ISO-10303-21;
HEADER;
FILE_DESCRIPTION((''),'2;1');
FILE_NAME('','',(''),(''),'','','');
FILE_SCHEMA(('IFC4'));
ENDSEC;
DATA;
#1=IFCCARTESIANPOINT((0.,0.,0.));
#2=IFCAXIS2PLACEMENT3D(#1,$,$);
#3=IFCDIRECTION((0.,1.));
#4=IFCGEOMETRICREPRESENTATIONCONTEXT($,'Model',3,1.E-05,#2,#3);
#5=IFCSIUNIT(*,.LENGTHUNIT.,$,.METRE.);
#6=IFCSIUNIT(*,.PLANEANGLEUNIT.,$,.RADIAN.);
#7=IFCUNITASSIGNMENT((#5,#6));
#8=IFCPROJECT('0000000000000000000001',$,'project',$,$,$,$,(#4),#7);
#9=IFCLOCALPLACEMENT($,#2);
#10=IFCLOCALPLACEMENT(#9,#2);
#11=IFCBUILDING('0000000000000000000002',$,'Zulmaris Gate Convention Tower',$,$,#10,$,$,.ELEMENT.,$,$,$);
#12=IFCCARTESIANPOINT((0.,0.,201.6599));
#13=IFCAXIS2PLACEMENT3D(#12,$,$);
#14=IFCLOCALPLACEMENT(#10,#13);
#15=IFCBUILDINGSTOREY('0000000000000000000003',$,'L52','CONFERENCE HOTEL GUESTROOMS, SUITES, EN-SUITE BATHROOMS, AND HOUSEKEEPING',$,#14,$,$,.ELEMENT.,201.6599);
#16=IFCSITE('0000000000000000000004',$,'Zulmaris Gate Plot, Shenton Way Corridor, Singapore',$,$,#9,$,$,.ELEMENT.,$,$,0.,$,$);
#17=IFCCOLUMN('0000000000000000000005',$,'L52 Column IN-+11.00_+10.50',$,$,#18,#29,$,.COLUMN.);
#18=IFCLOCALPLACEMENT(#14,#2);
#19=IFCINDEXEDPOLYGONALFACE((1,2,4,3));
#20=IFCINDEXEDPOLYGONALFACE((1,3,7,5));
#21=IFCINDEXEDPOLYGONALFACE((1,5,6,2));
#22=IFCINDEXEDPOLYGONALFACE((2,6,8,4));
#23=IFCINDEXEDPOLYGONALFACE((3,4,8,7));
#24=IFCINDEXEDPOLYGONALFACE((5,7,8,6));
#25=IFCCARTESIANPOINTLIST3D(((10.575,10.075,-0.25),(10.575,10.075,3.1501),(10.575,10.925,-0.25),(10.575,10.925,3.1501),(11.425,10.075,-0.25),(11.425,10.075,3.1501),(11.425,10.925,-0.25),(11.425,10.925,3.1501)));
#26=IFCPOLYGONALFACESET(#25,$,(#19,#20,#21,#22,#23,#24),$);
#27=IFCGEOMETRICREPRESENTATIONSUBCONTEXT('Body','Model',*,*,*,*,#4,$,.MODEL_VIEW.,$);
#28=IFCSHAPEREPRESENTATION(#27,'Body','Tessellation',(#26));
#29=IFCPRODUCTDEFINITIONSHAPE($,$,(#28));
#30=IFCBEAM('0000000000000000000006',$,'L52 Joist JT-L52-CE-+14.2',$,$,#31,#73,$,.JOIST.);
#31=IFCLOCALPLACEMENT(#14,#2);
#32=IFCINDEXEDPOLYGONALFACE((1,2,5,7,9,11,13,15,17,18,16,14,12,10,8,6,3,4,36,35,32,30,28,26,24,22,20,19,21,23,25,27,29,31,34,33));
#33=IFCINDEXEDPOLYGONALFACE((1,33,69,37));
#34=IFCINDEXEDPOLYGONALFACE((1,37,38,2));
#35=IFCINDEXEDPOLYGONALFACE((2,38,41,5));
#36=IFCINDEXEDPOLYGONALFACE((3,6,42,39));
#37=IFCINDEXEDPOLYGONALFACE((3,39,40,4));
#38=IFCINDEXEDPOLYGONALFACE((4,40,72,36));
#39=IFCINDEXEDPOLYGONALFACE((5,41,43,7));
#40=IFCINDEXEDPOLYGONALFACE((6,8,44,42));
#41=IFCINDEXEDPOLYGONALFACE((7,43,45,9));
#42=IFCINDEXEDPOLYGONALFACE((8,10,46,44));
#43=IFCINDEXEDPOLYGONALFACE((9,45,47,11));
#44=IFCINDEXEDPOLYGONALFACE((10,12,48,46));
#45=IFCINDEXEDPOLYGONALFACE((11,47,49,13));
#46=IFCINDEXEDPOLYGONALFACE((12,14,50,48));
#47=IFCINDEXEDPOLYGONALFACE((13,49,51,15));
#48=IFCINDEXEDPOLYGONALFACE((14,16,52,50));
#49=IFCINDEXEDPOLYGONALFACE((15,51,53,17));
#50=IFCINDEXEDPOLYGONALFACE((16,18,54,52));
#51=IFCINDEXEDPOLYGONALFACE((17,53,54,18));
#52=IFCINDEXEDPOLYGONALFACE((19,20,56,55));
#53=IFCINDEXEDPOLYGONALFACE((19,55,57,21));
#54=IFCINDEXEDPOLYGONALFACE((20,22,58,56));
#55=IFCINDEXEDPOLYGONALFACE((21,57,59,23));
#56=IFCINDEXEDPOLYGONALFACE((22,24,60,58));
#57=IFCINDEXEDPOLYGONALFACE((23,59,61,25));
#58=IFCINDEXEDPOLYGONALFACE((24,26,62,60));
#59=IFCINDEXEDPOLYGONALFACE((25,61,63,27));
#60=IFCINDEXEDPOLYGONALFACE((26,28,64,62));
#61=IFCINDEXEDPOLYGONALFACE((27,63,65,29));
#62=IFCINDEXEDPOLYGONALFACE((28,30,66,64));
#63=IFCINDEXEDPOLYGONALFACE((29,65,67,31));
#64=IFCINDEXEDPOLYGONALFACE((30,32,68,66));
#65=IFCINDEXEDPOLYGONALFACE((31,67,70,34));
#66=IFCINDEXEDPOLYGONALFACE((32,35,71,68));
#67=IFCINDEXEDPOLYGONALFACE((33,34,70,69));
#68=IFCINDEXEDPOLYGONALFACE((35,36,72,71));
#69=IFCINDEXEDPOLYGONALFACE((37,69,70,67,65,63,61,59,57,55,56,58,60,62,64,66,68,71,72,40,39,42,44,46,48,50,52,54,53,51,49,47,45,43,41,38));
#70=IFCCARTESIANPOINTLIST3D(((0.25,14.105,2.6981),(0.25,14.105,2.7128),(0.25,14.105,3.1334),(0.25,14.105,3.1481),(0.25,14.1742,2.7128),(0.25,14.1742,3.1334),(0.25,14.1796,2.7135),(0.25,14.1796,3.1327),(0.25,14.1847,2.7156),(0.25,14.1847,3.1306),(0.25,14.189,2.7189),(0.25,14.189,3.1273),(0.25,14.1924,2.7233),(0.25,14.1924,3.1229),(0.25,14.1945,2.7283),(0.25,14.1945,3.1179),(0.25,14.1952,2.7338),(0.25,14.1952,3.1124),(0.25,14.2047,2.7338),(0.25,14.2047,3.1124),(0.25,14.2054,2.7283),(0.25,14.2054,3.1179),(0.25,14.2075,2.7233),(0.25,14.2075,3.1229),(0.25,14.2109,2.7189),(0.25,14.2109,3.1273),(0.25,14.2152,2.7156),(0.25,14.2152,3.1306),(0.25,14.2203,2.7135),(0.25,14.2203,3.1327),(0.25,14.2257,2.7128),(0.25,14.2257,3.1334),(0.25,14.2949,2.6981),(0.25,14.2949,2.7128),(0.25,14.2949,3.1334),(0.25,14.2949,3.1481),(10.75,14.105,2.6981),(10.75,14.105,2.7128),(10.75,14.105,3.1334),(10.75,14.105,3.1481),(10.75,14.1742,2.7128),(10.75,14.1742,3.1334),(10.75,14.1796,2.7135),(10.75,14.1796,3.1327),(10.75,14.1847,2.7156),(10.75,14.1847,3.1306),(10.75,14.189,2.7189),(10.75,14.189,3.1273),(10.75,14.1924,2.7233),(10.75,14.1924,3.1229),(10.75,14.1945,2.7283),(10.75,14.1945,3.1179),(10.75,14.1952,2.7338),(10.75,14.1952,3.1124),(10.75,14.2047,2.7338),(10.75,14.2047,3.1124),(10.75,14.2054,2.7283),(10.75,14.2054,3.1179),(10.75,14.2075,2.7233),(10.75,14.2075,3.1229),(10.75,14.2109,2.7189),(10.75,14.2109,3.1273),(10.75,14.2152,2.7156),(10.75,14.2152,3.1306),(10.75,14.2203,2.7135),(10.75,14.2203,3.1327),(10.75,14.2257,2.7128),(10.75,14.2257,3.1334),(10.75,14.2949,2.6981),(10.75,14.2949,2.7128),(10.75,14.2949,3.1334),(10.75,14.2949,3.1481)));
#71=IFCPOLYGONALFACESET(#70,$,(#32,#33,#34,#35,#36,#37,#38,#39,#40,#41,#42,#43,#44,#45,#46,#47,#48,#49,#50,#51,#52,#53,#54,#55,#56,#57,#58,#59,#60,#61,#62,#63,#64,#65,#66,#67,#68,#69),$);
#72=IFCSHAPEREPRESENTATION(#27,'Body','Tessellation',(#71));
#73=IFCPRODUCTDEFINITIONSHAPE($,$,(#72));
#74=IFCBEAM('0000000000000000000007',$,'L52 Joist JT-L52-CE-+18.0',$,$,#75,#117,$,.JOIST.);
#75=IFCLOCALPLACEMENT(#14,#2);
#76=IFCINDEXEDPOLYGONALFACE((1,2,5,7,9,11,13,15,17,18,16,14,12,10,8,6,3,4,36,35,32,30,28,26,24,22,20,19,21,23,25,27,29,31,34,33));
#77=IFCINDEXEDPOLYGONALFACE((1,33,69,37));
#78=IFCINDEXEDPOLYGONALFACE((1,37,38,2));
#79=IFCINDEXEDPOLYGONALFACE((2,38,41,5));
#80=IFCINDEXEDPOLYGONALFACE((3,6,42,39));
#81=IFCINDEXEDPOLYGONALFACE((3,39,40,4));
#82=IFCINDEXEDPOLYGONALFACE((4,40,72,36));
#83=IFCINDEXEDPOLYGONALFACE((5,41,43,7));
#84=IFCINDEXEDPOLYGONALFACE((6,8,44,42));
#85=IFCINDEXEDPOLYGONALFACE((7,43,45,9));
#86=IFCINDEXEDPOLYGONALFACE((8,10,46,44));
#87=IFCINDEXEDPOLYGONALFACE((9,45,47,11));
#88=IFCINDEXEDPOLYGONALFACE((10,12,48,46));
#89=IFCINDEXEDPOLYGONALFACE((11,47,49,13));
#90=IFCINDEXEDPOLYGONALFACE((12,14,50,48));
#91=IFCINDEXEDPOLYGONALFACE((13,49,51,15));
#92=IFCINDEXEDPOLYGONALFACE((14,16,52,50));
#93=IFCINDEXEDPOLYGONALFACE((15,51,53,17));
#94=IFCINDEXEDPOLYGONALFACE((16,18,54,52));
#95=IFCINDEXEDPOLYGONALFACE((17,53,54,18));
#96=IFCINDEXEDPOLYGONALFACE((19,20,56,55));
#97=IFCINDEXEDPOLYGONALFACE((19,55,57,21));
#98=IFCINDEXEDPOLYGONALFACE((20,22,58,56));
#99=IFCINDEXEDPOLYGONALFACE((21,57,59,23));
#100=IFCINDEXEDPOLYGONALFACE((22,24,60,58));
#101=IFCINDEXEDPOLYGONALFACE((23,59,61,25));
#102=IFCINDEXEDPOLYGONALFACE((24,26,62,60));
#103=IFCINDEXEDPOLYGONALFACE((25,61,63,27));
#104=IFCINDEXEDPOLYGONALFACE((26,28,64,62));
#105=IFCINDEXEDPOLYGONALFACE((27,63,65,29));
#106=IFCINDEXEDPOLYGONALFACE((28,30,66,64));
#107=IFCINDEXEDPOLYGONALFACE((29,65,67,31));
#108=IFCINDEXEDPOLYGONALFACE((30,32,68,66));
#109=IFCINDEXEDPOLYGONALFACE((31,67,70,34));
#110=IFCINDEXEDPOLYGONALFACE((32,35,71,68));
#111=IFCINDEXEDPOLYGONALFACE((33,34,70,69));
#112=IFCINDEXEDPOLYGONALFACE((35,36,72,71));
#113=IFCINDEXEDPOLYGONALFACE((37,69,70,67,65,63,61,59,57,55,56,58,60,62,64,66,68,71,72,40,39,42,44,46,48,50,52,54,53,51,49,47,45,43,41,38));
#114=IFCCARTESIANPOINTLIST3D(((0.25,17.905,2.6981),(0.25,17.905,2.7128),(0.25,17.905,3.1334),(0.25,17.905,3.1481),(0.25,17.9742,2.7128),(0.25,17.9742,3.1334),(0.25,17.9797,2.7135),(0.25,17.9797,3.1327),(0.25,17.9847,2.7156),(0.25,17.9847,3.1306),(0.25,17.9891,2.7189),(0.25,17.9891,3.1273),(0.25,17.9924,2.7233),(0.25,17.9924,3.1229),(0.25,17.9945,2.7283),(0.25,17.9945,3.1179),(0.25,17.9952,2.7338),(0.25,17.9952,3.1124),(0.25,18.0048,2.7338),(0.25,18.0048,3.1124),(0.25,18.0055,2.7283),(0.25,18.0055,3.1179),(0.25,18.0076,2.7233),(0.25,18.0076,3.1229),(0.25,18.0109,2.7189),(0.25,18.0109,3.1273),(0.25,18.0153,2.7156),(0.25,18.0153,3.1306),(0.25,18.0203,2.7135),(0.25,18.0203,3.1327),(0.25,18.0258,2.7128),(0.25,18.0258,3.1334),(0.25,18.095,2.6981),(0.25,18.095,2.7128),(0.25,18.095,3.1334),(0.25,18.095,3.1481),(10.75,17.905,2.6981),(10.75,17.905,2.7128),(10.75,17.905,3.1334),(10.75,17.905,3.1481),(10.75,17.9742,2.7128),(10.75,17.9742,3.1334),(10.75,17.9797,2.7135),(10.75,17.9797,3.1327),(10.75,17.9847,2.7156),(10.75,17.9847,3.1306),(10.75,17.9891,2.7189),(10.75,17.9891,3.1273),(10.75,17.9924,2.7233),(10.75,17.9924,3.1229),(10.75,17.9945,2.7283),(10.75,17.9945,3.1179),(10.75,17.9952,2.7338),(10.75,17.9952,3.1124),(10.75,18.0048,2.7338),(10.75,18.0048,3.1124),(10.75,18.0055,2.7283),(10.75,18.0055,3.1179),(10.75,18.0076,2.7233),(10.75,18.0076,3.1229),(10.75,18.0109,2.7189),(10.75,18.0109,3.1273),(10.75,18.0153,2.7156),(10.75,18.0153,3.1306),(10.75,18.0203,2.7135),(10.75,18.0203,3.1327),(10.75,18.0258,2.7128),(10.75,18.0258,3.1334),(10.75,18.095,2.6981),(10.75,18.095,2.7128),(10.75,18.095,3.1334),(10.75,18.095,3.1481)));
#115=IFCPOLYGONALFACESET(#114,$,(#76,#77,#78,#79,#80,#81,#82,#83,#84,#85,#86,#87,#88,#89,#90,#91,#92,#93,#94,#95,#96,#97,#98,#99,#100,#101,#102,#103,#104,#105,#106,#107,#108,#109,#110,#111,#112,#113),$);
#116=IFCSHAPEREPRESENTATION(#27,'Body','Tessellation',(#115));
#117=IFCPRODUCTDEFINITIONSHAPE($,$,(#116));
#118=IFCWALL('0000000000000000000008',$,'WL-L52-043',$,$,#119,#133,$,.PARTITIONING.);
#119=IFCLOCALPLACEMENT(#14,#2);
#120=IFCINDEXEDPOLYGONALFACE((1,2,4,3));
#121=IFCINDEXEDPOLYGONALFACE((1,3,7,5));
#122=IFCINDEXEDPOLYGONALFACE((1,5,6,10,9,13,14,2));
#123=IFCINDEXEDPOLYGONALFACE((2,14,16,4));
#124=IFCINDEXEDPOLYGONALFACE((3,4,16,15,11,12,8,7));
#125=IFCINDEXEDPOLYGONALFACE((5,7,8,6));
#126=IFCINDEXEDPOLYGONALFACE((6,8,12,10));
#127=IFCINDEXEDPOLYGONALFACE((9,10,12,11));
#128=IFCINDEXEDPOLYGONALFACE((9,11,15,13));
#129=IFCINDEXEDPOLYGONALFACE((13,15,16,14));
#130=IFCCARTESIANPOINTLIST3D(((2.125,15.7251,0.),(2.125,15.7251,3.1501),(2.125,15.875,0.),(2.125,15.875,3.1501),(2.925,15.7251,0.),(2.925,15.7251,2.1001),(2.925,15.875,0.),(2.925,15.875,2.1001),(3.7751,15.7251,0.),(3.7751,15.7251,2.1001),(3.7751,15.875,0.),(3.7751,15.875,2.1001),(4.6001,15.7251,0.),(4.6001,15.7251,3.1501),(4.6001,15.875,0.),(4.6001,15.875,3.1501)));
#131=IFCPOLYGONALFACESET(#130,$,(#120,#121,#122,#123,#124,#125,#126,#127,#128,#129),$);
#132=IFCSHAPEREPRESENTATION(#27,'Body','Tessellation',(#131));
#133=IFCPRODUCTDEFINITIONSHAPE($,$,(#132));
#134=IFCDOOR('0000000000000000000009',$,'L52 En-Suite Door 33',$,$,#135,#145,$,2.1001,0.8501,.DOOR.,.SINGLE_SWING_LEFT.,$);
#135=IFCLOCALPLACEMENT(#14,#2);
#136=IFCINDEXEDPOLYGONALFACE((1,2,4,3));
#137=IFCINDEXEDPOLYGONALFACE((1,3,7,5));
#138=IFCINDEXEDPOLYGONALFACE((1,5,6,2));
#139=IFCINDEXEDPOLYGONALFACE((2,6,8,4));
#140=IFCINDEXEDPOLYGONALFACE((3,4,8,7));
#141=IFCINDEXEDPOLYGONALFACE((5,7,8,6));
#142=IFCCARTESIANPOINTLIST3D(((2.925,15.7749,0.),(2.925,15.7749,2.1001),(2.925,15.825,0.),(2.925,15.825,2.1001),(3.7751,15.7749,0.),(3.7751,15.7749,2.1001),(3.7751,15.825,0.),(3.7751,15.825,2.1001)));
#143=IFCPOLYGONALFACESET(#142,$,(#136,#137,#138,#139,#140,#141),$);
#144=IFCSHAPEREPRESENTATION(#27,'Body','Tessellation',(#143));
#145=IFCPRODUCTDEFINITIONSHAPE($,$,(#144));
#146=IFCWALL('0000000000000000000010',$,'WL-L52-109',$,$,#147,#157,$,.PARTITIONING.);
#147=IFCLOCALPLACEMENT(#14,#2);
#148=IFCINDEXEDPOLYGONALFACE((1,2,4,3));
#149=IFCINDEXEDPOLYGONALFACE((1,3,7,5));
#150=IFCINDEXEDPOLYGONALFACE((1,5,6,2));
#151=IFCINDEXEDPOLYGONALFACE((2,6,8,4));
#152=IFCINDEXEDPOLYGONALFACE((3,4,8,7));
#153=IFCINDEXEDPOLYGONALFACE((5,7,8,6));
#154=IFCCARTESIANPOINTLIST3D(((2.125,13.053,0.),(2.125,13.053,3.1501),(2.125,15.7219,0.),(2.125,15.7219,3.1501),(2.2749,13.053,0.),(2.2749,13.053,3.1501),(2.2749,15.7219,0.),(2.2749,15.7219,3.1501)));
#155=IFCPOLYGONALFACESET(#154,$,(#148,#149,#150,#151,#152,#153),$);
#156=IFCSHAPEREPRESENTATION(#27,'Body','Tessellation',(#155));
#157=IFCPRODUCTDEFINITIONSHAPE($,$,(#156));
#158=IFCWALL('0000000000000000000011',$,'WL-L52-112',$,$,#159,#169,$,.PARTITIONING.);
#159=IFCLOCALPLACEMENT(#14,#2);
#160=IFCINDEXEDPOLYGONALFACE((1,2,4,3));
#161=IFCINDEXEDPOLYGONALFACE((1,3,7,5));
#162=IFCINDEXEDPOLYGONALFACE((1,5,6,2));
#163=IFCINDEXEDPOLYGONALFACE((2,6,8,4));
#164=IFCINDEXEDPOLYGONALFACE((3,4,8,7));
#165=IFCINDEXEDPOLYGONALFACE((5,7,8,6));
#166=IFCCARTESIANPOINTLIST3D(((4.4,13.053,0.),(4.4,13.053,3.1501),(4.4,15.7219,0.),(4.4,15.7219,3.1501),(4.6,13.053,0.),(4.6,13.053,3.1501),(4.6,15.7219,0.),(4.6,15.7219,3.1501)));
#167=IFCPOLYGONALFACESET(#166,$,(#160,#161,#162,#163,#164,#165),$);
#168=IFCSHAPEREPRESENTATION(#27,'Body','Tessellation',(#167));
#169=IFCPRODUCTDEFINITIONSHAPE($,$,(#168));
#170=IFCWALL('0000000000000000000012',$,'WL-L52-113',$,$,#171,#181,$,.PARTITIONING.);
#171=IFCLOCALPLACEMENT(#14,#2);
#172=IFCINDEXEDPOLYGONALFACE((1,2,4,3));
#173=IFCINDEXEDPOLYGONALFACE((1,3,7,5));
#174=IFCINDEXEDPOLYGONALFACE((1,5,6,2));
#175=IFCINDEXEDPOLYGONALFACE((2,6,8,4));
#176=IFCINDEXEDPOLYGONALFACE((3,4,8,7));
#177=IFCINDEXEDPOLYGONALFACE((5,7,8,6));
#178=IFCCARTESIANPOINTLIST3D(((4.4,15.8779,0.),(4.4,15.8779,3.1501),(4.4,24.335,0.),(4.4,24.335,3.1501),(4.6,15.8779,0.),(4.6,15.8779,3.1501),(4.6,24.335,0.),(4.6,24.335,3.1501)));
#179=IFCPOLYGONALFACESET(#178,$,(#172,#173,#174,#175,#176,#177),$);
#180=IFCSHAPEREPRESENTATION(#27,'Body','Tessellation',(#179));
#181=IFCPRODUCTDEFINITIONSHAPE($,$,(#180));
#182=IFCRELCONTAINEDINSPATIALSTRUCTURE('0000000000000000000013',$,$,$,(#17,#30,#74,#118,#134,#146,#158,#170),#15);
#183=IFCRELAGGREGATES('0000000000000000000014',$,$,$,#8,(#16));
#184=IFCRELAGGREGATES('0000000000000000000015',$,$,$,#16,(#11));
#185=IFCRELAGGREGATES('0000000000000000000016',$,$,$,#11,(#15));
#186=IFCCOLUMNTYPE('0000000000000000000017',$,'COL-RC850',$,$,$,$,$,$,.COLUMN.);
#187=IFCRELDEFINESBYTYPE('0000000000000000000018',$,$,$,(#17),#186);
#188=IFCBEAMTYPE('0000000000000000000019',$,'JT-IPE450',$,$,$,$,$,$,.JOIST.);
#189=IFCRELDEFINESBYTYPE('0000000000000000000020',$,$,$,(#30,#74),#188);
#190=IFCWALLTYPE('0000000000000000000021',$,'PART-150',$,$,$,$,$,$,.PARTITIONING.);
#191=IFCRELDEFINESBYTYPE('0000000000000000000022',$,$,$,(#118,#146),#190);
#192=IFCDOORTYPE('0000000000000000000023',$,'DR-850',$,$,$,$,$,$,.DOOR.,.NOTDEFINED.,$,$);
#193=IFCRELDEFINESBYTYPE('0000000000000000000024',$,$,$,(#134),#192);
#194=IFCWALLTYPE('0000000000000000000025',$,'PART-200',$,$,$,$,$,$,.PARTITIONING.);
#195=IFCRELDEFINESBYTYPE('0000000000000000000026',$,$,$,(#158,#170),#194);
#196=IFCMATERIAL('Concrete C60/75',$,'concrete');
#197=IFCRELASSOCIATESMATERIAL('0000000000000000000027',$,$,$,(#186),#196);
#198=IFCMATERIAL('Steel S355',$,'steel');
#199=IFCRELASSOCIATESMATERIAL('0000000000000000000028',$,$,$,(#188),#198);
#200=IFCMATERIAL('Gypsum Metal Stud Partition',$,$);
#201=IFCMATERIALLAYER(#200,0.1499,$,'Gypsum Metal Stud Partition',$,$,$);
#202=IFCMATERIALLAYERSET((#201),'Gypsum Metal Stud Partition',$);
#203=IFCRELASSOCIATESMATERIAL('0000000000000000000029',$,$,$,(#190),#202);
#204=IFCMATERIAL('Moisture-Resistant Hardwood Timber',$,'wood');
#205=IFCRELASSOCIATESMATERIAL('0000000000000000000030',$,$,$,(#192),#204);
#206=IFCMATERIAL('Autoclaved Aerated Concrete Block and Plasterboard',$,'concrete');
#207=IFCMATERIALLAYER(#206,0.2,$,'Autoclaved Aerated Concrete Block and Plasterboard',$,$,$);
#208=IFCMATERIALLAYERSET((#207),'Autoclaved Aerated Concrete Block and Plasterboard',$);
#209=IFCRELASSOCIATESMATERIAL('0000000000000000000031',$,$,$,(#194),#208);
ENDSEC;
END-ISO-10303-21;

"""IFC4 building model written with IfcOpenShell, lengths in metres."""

from ifc_helpers import new_model, si_unit, direction, frame, frame_2d, origin, origin_2d, place, context, subcontext, project, spatial, rectangle, i_section, extrude, material, layer, layer_set, material_profile, profile_set, type_object, element, fill, save


model = new_model("IFC4")

# Units and contexts
model_context = context("Model", 3, precision=1e-05, world=origin(), true_north=direction((0.0, 1.0)))
body_context = subcontext(model_context, "Body", "Model", "MODEL_VIEW")
ifc_project = project(units=[si_unit("LENGTHUNIT", "METRE"), si_unit("PLANEANGLEUNIT", "RADIAN")], contexts=[model_context])

# Site, building, storey
site_placement = place(None, origin())
site = spatial("IfcSite", under=ifc_project, at=site_placement, Name="Zulmaris Gate Plot, Shenton Way Corridor, Singapore", CompositionType="ELEMENT", RefElevation=0.0)
building_placement = place(site_placement, origin())
building = spatial("IfcBuilding", under=site, at=building_placement, Name="Zulmaris Gate Convention Tower", CompositionType="ELEMENT")
storey_placement = place(building_placement, frame((0.0, 0.0, 201.6599)))
storey = spatial("IfcBuildingStorey", under=building, at=storey_placement, Name="L52", Description="CONFERENCE HOTEL GUESTROOMS, SUITES, EN-SUITE BATHROOMS, AND HOUSEKEEPING", CompositionType="ELEMENT", Elevation=201.6599)

# Column
ifc_material_1 = material(Name="Concrete C60/75", Category="concrete")
ifc_material_profile_1 = material_profile(ifc_material_1, rectangle(XDim=0.8501, YDim=0.8501, at=origin_2d()), Name="RC COL 850x850")
ifc_profile_set_1 = profile_set([ifc_material_profile_1], Name="Concrete C60/75")
column_type = type_object("IfcColumnType", Name="COL-RC850", PredefinedType="COLUMN", material=ifc_profile_set_1)
column_placement = place(storey_placement, frame((11.0, 10.5, -0.25), z_axis=(0.0, 0.0, 1.0), x_axis=(1.0, 0.0, 0.0)))
element("IfcColumn", 1, at=column_placement, inside=storey, type_object=column_type, Name="L52 Column IN-+11.00_+10.50", PredefinedType="COLUMN", context=body_context, shape_type="SweptSolid", body=[
    extrude(rectangle(XDim=0.8501, YDim=0.8501, at=origin_2d()), origin(), (0.0, 0.0, 1.0), 3.4001),
])

# Beams
ifc_material_2 = material(Name="Steel S355", Category="steel")
ifc_material_profile_2 = material_profile(ifc_material_2, i_section(OverallWidth=0.1899, OverallDepth=0.45, WebThickness=0.0095, FlangeThickness=0.0146, FilletRadius=0.021, at=origin_2d()), Name="IPE 450")
ifc_profile_set_2 = profile_set([ifc_material_profile_2], Name="Steel S355")
beam_type = type_object("IfcBeamType", Name="JT-IPE450", PredefinedType="JOIST", material=ifc_profile_set_2)
for number, where, z_axis, x_axis, name in (
    (2, (0.25, 14.2, 2.9231), (1.0, 0.0, 0.0), (0.0, 1.0, 0.0), "L52 Joist JT-L52-CE-+14.2"),
    (3, (0.25, 18.0, 2.9231), (1.0, 0.0, 0.0), (0.0, 1.0, 0.0), "L52 Joist JT-L52-CE-+18.0"),
):
    element("IfcBeam", number, at=place(storey_placement, frame(where, z_axis=z_axis, x_axis=x_axis)), inside=storey, type_object=beam_type, Name=name, PredefinedType="JOIST", context=body_context, shape_type="SweptSolid", body=[
        extrude(i_section(OverallWidth=0.1899, OverallDepth=0.45, WebThickness=0.0095, FlangeThickness=0.0146, FilletRadius=0.021, at=origin_2d()), origin(), (0.0, 0.0, 1.0), 10.5),
    ])

# Wall, opening, door
ifc_material_3 = material(Name="Gypsum Metal Stud Partition")
ifc_layer_1 = layer(ifc_material_3, 0.1499, Name="Gypsum Metal Stud Partition")
ifc_layer_set_1 = layer_set([ifc_layer_1], Name="Gypsum Metal Stud Partition")
wall_type_1 = type_object("IfcWallType", Name="PART-150", PredefinedType="PARTITIONING", material=ifc_layer_set_1)
wall_1_placement = place(storey_placement, frame((2.125, 15.8, 0.0), z_axis=(0.0, 0.0, 1.0), x_axis=(1.0, 0.0, 0.0)))
wall_1 = element("IfcWall", 4, at=wall_1_placement, inside=storey, type_object=wall_type_1, Name="WL-L52-043", PredefinedType="PARTITIONING", context=body_context, shape_type="SweptSolid", body=[
    extrude(rectangle(XDim=2.4751, YDim=0.1499, at=frame_2d((1.2375, 0.0))), origin(), (0.0, 0.0, 1.0), 3.1501),
])
opening_1_placement = place(wall_1_placement, frame((0.8, 0.0, 0.0)))
opening_1 = element("IfcOpeningElement", 5, at=opening_1_placement, cuts=wall_1, PredefinedType="OPENING", context=body_context, shape_type="SweptSolid", body=[
    extrude(rectangle(XDim=0.8501, YDim=2.1001, at=frame_2d((0.425, 1.05))), frame((0.0, 0.085, 0.0), z_axis=(0.0, -1.0, 0.0), x_axis=(1.0, 0.0, 0.0)), (0.0, 0.0, 1.0), 0.1699),
])
ifc_material_4 = material(Name="Moisture-Resistant Hardwood Timber", Category="wood")
door_type = type_object("IfcDoorType", Name="DR-850", OperationType="NOTDEFINED", PredefinedType="DOOR", material=ifc_material_4)
door_placement = place(opening_1_placement, origin())
door = element("IfcDoor", 6, at=door_placement, inside=storey, type_object=door_type, Name="L52 En-Suite Door 33", OperationType="SINGLE_SWING_LEFT", OverallHeight=2.1001, OverallWidth=0.8501, PredefinedType="DOOR", context=body_context, shape_type="SweptSolid", body=[
    extrude(rectangle(XDim=0.8501, YDim=2.1001, at=frame_2d((0.425, 1.05))), frame((0.0, 0.0249, 0.0), z_axis=(0.0, -1.0, 0.0), x_axis=(1.0, 0.0, 0.0)), (0.0, 0.0, 1.0), 0.05),
])
fill(opening_1, door)

# Walls
wall_2_placement = place(storey_placement, frame((2.2, 13.053, 0.0), z_axis=(0.0, 0.0, 1.0), x_axis=(0.0, 1.0, 0.0)))
element("IfcWall", 7, at=wall_2_placement, inside=storey, type_object=wall_type_1, Name="WL-L52-109", PredefinedType="PARTITIONING", context=body_context, shape_type="SweptSolid", body=[
    extrude(rectangle(XDim=2.6689, YDim=0.1499, at=frame_2d((1.3345, 0.0))), origin(), (0.0, 0.0, 1.0), 3.1501),
])
ifc_material_5 = material(Name="Autoclaved Aerated Concrete Block and Plasterboard", Category="concrete")
ifc_layer_2 = layer(ifc_material_5, 0.2, Name="Autoclaved Aerated Concrete Block and Plasterboard")
ifc_layer_set_2 = layer_set([ifc_layer_2], Name="Autoclaved Aerated Concrete Block and Plasterboard")
wall_type_2 = type_object("IfcWallType", Name="PART-200", PredefinedType="PARTITIONING", material=ifc_layer_set_2)
wall_3_placement = place(storey_placement, frame((4.5, 13.053, 0.0), z_axis=(0.0, 0.0, 1.0), x_axis=(0.0, 1.0, 0.0)))
element("IfcWall", 8, at=wall_3_placement, inside=storey, type_object=wall_type_2, Name="WL-L52-112", PredefinedType="PARTITIONING", context=body_context, shape_type="SweptSolid", body=[
    extrude(rectangle(XDim=2.6689, YDim=0.2, at=frame_2d((1.3345, 0.0))), origin(), (0.0, 0.0, 1.0), 3.1501),
])
wall_4_placement = place(storey_placement, frame((4.5, 15.8779, 0.0), z_axis=(0.0, 0.0, 1.0), x_axis=(0.0, 1.0, 0.0)))
element("IfcWall", 9, at=wall_4_placement, inside=storey, type_object=wall_type_2, Name="WL-L52-113", PredefinedType="PARTITIONING", context=body_context, shape_type="SweptSolid", body=[
    extrude(rectangle(XDim=8.457, YDim=0.2, at=frame_2d((4.2285, 0.0))), origin(), (0.0, 0.0, 1.0), 3.1501),
])

save(model, "model.ifc")
